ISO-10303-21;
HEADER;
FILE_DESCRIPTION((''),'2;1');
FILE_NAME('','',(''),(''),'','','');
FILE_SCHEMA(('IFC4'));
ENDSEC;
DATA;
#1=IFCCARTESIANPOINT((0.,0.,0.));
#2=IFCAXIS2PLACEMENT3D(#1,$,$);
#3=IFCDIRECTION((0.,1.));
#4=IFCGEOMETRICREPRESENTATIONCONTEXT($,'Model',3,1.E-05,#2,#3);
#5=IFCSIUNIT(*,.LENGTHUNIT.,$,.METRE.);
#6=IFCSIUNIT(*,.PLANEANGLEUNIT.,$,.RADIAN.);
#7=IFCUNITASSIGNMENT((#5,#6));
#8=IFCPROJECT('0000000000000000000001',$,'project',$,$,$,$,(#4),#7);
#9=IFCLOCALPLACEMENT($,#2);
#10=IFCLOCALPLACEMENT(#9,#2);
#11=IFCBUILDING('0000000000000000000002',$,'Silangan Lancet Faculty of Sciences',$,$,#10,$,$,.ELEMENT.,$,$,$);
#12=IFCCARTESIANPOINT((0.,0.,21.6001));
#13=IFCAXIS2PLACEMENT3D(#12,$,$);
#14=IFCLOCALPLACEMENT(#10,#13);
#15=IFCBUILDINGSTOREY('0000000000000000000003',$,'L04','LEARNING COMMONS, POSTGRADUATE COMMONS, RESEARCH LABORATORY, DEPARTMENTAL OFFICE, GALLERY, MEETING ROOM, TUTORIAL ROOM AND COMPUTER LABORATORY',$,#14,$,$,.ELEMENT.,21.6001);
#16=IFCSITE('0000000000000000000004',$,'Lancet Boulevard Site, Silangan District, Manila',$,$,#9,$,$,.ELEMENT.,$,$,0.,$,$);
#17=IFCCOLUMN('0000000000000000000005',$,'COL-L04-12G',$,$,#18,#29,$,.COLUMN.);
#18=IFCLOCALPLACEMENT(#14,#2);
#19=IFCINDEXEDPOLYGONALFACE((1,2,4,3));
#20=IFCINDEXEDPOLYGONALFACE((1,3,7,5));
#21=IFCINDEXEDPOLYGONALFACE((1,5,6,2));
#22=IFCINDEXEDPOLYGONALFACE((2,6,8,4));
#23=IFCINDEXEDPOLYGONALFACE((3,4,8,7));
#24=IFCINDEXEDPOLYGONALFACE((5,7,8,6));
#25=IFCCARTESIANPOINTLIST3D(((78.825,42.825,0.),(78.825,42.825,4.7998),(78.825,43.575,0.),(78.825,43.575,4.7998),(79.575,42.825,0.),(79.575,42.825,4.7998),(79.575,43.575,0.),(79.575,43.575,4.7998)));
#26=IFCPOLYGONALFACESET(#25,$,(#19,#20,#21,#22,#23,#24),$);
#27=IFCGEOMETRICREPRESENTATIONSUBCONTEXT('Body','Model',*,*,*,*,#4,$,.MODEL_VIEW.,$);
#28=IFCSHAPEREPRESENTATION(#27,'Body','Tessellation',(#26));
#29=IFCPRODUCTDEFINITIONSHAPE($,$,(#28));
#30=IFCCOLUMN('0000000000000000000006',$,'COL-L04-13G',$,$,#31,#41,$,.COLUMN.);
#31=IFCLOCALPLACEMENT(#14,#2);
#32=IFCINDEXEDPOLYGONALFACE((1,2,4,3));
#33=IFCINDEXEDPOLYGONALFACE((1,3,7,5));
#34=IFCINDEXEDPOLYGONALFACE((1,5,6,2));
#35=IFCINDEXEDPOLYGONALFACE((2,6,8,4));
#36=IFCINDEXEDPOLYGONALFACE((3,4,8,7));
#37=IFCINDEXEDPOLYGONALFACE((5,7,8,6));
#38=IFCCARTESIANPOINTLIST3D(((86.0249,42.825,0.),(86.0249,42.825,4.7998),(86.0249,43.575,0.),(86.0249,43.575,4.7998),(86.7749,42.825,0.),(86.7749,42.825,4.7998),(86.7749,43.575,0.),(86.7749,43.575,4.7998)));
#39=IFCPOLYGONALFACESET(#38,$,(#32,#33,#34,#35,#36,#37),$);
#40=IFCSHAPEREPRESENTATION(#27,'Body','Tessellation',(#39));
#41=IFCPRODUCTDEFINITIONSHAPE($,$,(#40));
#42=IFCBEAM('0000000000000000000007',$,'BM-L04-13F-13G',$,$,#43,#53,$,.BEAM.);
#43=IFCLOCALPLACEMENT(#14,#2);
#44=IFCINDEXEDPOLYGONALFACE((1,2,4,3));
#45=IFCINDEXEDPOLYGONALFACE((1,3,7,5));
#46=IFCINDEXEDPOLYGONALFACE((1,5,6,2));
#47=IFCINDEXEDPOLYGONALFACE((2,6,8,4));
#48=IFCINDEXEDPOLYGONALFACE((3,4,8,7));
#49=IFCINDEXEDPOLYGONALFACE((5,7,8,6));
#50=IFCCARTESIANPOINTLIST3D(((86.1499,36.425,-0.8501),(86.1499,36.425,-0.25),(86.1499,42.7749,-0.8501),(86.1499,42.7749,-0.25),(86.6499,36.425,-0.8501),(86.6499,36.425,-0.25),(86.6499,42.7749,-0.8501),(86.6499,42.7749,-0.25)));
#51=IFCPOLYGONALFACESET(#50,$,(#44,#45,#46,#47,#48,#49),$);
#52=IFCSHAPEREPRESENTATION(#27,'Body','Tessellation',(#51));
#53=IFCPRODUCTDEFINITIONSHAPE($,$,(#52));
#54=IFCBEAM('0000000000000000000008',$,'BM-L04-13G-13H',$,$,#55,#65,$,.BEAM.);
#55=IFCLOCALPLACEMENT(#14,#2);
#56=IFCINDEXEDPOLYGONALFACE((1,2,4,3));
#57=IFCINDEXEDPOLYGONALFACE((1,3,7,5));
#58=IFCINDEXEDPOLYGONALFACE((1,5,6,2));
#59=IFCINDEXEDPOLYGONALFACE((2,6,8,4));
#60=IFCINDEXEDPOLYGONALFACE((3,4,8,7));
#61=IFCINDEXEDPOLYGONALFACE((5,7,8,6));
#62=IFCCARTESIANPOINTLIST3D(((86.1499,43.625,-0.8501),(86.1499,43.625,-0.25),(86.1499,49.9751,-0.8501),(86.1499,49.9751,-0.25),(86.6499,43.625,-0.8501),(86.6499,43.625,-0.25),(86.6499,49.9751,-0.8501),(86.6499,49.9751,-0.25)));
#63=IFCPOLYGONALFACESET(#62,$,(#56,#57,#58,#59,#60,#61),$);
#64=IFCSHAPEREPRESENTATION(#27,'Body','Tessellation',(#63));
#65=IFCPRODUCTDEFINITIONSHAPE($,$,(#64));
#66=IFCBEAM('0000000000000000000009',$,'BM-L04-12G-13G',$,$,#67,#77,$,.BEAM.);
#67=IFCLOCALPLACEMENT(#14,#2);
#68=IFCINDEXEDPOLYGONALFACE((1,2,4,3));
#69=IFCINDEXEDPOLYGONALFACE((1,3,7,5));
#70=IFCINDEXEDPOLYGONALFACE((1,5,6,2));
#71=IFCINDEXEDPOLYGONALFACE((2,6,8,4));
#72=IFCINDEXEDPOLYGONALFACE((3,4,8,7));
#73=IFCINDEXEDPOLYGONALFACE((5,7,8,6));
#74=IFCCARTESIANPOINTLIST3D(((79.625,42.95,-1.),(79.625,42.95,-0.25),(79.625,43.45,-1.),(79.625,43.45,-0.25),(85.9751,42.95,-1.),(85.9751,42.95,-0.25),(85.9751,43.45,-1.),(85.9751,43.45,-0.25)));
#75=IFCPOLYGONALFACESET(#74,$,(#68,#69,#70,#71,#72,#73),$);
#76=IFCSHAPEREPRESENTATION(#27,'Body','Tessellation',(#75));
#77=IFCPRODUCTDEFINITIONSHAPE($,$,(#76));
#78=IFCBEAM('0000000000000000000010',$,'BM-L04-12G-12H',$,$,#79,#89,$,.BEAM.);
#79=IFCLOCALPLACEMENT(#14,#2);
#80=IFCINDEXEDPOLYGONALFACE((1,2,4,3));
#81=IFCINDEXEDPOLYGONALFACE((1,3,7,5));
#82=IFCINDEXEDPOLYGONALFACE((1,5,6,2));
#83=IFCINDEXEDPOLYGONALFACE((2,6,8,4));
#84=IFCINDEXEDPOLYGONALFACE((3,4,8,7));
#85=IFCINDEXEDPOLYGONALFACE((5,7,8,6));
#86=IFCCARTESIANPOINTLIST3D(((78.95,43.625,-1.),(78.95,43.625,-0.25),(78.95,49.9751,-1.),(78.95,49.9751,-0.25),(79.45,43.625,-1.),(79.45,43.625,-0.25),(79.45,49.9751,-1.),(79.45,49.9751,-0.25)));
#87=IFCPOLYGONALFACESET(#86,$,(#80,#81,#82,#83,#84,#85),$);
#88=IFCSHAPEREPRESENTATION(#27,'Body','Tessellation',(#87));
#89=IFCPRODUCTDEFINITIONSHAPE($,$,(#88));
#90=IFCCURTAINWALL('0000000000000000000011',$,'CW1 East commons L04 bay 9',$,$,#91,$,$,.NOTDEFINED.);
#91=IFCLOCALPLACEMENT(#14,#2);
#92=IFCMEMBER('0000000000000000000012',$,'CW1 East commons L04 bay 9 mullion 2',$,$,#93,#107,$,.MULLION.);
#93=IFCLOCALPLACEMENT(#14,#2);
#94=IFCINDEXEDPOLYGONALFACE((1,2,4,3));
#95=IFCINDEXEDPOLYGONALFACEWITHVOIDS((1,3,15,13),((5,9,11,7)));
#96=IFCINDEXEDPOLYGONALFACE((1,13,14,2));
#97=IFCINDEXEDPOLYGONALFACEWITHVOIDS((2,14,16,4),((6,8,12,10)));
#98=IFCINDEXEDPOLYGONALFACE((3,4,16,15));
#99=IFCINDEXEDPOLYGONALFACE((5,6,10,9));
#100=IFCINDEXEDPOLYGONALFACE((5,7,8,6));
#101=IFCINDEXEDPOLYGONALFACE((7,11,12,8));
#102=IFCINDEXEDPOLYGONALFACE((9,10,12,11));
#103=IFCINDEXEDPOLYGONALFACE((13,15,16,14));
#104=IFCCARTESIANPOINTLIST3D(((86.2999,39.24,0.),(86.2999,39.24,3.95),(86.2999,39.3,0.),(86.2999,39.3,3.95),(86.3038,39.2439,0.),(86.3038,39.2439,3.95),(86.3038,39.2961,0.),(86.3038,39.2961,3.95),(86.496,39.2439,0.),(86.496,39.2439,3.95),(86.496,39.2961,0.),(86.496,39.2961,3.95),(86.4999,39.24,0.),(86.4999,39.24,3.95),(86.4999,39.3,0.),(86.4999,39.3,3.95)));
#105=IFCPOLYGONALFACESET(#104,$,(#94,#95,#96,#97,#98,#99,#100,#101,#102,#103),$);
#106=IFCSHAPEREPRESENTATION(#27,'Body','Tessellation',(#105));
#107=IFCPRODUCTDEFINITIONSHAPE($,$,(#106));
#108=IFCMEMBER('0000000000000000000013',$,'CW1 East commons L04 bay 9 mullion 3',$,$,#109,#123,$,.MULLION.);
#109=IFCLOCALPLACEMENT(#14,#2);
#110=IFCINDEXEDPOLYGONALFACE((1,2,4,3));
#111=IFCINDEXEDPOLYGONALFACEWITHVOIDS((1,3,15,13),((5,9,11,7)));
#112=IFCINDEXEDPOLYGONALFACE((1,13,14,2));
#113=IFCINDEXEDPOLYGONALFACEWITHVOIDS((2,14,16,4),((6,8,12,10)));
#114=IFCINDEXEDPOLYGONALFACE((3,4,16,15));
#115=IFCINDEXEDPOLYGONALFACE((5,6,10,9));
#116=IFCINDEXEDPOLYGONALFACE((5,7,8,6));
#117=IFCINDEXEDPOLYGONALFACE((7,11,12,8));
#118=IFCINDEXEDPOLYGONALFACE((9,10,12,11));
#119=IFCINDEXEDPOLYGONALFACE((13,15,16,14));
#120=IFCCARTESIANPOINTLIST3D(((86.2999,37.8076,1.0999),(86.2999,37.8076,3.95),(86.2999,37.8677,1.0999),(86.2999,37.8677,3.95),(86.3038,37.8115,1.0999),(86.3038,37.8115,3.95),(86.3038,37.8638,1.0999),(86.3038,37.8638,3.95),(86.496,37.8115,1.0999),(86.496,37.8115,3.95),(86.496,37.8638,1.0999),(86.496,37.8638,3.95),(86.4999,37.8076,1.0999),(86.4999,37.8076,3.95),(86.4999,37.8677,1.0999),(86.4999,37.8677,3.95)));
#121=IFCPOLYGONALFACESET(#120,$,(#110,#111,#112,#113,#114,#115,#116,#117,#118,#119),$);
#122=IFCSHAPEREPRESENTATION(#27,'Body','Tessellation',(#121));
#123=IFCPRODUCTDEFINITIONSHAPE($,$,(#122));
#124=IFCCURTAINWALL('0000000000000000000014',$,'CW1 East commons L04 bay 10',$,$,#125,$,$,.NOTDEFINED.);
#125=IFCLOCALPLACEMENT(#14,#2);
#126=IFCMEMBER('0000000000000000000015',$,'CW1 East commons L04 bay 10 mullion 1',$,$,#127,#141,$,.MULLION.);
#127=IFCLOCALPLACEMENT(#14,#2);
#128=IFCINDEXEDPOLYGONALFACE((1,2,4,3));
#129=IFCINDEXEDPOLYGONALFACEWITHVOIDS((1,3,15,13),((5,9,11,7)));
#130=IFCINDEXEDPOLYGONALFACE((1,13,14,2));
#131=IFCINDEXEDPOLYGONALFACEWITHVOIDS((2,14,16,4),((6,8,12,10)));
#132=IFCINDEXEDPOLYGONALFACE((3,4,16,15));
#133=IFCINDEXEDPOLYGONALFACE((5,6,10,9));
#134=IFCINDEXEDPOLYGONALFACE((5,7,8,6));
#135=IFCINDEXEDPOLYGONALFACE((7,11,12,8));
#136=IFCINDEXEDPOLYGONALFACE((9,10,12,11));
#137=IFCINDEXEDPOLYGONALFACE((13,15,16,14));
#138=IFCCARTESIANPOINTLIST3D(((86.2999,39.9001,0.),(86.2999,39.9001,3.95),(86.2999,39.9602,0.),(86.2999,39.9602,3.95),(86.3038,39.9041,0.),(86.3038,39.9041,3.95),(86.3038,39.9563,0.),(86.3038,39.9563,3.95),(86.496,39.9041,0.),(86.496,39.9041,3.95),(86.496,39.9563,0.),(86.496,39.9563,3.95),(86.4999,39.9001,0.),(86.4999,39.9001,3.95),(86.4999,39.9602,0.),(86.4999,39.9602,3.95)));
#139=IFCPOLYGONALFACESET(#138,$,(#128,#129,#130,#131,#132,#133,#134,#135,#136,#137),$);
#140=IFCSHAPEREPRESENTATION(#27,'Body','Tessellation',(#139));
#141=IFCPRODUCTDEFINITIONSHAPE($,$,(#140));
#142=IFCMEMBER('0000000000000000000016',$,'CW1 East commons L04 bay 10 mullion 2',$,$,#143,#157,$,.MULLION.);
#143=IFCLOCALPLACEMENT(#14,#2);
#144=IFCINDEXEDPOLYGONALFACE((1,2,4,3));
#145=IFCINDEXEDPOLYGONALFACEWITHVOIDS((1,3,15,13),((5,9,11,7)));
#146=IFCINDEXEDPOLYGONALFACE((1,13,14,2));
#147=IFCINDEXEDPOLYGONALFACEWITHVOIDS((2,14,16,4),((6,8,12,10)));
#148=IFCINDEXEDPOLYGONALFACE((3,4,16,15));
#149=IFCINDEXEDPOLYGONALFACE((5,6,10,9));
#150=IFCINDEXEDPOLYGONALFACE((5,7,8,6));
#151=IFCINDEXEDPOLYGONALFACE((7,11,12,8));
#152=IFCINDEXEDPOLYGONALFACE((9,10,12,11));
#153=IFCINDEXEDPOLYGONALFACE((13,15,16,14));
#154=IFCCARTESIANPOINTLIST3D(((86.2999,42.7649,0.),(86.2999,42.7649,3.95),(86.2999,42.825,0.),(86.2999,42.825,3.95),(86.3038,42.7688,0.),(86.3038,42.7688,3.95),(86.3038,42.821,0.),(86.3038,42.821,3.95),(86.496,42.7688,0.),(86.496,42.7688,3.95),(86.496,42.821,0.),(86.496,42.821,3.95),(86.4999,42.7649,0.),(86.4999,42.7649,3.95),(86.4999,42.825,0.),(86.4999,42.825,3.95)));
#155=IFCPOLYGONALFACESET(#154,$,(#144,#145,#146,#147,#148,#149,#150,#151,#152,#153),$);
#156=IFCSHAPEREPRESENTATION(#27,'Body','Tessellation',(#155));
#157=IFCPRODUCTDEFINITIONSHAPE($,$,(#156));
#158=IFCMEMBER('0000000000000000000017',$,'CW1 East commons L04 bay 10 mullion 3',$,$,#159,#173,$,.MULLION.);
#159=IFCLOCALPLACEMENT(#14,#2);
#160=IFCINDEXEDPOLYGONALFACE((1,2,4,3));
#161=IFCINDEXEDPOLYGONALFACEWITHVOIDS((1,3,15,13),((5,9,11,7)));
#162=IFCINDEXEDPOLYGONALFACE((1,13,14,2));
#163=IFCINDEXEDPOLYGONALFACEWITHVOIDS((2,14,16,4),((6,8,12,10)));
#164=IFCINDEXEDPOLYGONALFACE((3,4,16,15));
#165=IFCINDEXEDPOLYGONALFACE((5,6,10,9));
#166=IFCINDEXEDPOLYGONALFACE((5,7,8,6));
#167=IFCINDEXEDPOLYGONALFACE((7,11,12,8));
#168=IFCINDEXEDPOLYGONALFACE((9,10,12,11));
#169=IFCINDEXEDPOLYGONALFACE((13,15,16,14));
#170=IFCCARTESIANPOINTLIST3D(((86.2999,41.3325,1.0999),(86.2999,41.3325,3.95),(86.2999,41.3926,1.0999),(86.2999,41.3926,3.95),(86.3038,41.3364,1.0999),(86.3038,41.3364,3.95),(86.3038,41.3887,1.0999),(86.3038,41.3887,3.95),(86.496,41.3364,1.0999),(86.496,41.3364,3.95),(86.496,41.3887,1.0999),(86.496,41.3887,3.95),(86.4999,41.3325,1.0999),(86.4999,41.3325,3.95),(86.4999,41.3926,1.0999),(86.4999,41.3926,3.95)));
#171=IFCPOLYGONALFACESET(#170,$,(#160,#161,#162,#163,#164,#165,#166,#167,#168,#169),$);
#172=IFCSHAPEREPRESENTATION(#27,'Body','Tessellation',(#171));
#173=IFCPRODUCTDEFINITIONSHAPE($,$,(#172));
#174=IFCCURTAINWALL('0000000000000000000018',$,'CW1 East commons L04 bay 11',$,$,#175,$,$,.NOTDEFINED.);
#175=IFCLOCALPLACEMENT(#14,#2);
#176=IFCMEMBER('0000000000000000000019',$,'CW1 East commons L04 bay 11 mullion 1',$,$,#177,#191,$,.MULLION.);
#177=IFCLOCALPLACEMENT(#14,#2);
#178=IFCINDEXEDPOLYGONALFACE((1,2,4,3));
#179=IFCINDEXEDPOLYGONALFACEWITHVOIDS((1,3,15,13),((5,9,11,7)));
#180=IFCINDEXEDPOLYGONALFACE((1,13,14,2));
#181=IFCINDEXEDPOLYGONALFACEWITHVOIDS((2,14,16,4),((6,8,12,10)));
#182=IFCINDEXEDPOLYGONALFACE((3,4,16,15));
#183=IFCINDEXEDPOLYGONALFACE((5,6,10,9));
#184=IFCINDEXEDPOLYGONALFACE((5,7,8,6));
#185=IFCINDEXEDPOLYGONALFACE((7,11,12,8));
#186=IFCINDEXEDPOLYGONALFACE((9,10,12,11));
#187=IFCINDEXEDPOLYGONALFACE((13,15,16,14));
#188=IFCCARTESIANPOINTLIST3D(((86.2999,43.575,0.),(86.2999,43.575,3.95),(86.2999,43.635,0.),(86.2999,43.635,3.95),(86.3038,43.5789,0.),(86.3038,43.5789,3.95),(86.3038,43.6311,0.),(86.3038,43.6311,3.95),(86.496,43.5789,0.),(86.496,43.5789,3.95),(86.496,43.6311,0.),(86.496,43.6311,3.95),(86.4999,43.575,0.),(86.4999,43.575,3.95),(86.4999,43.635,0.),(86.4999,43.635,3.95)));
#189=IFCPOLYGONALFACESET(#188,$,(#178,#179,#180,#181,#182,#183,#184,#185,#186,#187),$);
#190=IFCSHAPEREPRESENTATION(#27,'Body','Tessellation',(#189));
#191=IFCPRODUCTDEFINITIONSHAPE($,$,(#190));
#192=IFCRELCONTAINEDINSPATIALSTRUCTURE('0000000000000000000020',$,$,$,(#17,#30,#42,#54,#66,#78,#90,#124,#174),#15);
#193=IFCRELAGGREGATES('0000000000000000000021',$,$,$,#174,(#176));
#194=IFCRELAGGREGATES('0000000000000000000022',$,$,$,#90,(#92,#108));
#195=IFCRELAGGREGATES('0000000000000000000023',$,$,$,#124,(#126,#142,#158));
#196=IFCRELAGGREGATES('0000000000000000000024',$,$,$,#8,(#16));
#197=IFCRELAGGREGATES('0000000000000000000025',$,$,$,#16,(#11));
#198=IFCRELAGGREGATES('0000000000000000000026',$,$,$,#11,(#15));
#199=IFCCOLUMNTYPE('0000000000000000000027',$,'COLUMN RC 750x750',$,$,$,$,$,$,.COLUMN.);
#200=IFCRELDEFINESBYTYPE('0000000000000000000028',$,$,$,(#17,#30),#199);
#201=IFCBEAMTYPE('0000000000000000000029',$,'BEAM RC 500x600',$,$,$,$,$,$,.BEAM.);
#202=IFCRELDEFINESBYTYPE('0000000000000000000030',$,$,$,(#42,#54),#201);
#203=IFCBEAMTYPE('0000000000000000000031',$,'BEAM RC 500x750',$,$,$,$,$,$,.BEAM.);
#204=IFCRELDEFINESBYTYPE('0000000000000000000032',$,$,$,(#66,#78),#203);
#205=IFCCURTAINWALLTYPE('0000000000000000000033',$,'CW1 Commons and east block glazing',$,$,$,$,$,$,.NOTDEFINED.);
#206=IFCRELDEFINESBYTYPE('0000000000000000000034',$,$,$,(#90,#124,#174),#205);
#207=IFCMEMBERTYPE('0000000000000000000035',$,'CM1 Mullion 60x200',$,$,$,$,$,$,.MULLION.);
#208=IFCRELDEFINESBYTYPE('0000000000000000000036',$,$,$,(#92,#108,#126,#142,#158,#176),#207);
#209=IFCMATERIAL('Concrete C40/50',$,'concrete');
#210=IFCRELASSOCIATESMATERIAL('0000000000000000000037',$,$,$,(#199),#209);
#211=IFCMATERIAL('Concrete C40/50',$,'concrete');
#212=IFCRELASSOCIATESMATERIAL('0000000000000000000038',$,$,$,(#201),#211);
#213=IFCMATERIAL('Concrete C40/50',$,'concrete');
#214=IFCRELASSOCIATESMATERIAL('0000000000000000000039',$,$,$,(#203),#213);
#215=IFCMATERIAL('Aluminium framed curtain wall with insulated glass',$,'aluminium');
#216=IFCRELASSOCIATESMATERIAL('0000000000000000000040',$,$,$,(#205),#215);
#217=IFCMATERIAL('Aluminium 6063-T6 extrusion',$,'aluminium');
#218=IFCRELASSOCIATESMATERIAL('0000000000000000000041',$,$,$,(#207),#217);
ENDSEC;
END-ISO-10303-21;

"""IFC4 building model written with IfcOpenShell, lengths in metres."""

from ifc_helpers import new_model, si_unit, direction, frame, origin, origin_2d, place, context, subcontext, project, spatial, rectangle, hollow_rectangle, extrude, material, material_profile, profile_set, type_object, element, aggregate, save


model = new_model("IFC4")

# Units and contexts
model_context = context("Model", 3, precision=1e-05, world=origin(), true_north=direction((0.0, 1.0)))
body_context = subcontext(model_context, "Body", "Model", "MODEL_VIEW")
ifc_project = project(units=[si_unit("LENGTHUNIT", "METRE"), si_unit("PLANEANGLEUNIT", "RADIAN")], contexts=[model_context])

# Site, building, storey
site_placement = place(None, origin())
site = spatial("IfcSite", under=ifc_project, at=site_placement, Name="Lancet Boulevard Site, Silangan District, Manila", CompositionType="ELEMENT", RefElevation=0.0)
building_placement = place(site_placement, origin())
building = spatial("IfcBuilding", under=site, at=building_placement, Name="Silangan Lancet Faculty of Sciences", CompositionType="ELEMENT")
storey_placement = place(building_placement, frame((0.0, 0.0, 21.6001)))
storey = spatial("IfcBuildingStorey", under=building, at=storey_placement, Name="L04", Description="LEARNING COMMONS, POSTGRADUATE COMMONS, RESEARCH LABORATORY, DEPARTMENTAL OFFICE, GALLERY, MEETING ROOM, TUTORIAL ROOM AND COMPUTER LABORATORY", CompositionType="ELEMENT", Elevation=21.6001)

# Columns
ifc_material_1 = material(Name="Concrete C40/50", Category="concrete")
ifc_material_profile_1 = material_profile(ifc_material_1, rectangle(XDim=0.75, YDim=0.75, at=origin_2d()), Name="RC 750x750")
ifc_profile_set_1 = profile_set([ifc_material_profile_1], Name="Concrete C40/50")
column_type = type_object("IfcColumnType", Name="COLUMN RC 750x750", PredefinedType="COLUMN", material=ifc_profile_set_1)
for number, where, z_axis, x_axis, name in (
    (1, (79.2, 43.2, 0.0), (0.0, 0.0, 1.0), (1.0, 0.0, 0.0), "COL-L04-12G"),
    (2, (86.3999, 43.2, 0.0), (0.0, 0.0, 1.0), (1.0, 0.0, 0.0), "COL-L04-13G"),
):
    element("IfcColumn", number, at=place(storey_placement, frame(where, z_axis=z_axis, x_axis=x_axis)), inside=storey, type_object=column_type, Name=name, PredefinedType="COLUMN", context=body_context, shape_type="SweptSolid", body=[
        extrude(rectangle(XDim=0.75, YDim=0.75, at=origin_2d()), origin(), (0.0, 0.0, 1.0), 4.7998),
    ])

# Beams
ifc_material_2 = material(Name="Concrete C40/50", Category="concrete")
ifc_material_profile_2 = material_profile(ifc_material_2, rectangle(XDim=0.5, YDim=0.6001, at=origin_2d()), Name="RC 500x600")
ifc_profile_set_2 = profile_set([ifc_material_profile_2], Name="Concrete C40/50")
beam_type_1 = type_object("IfcBeamType", Name="BEAM RC 500x600", PredefinedType="BEAM", material=ifc_profile_set_2)
beam_1_placement = place(storey_placement, frame((86.3999, 36.425, -0.55), z_axis=(0.0, 1.0, 0.0), x_axis=(-1.0, 0.0, 0.0)))
element("IfcBeam", 3, at=beam_1_placement, inside=storey, type_object=beam_type_1, Name="BM-L04-13F-13G", PredefinedType="BEAM", context=body_context, shape_type="SweptSolid", body=[
    extrude(rectangle(XDim=0.5, YDim=0.6001, at=origin_2d()), origin(), (0.0, 0.0, 1.0), 6.3499),
])
beam_2_placement = place(storey_placement, frame((86.3999, 43.625, -0.55), z_axis=(0.0, 1.0, 0.0), x_axis=(-1.0, 0.0, 0.0)))
element("IfcBeam", 4, at=beam_2_placement, inside=storey, type_object=beam_type_1, Name="BM-L04-13G-13H", PredefinedType="BEAM", context=body_context, shape_type="SweptSolid", body=[
    extrude(rectangle(XDim=0.5, YDim=0.6001, at=origin_2d()), origin(), (0.0, 0.0, 1.0), 6.3501),
])
ifc_material_3 = material(Name="Concrete C40/50", Category="concrete")
ifc_material_profile_3 = material_profile(ifc_material_3, rectangle(XDim=0.5, YDim=0.75, at=origin_2d()), Name="RC 500x750")
ifc_profile_set_3 = profile_set([ifc_material_profile_3], Name="Concrete C40/50")
beam_type_2 = type_object("IfcBeamType", Name="BEAM RC 500x750", PredefinedType="BEAM", material=ifc_profile_set_3)
for number, where, z_axis, x_axis, name in (
    (5, (79.625, 43.2, -0.625), (1.0, 0.0, 0.0), (0.0, 1.0, 0.0), "BM-L04-12G-13G"),
    (6, (79.2, 43.625, -0.625), (0.0, 1.0, 0.0), (-1.0, 0.0, 0.0), "BM-L04-12G-12H"),
):
    element("IfcBeam", number, at=place(storey_placement, frame(where, z_axis=z_axis, x_axis=x_axis)), inside=storey, type_object=beam_type_2, Name=name, PredefinedType="BEAM", context=body_context, shape_type="SweptSolid", body=[
        extrude(rectangle(XDim=0.5, YDim=0.75, at=origin_2d()), origin(), (0.0, 0.0, 1.0), 6.3501),
    ])

# Curtain walls, members
ifc_material_4 = material(Name="Aluminium framed curtain wall with insulated glass", Category="aluminium")
curtain_wall_type = type_object("IfcCurtainWallType", Name="CW1 Commons and east block glazing", PredefinedType="NOTDEFINED", material=ifc_material_4)
curtain_wall_1_placement = place(storey_placement, origin())
curtain_wall_1 = element("IfcCurtainWall", 7, at=curtain_wall_1_placement, inside=storey, type_object=curtain_wall_type, Name="CW1 East commons L04 bay 9", PredefinedType="NOTDEFINED")
ifc_material_5 = material(Name="Aluminium 6063-T6 extrusion", Category="aluminium")
ifc_material_profile_4 = material_profile(ifc_material_5, hollow_rectangle(XDim=0.0601, YDim=0.2, WallThickness=0.0039, at=origin_2d()), Name="AL BOX 60x200x4")
ifc_profile_set_4 = profile_set([ifc_material_profile_4], Name="Aluminium 6063-T6 extrusion")
member_type_1 = type_object("IfcMemberType", Name="CM1 Mullion 60x200", PredefinedType="MULLION", material=ifc_profile_set_4)
member_1_placement = place(storey_placement, frame((86.3999, 39.27, 0.0), z_axis=(0.0, 0.0, 1.0), x_axis=(0.0, 1.0, 0.0)))
member_1 = element("IfcMember", 8, at=member_1_placement, type_object=member_type_1, Name="CW1 East commons L04 bay 9 mullion 2", PredefinedType="MULLION", context=body_context, shape_type="SweptSolid", body=[
    extrude(hollow_rectangle(XDim=0.0601, YDim=0.2, WallThickness=0.0039, at=origin_2d()), origin(), (0.0, 0.0, 1.0), 3.95),
])
member_2_placement = place(storey_placement, frame((86.3999, 37.8376, 1.0999), z_axis=(0.0, 0.0, 1.0), x_axis=(0.0, 1.0, 0.0)))
member_2 = element("IfcMember", 9, at=member_2_placement, type_object=member_type_1, Name="CW1 East commons L04 bay 9 mullion 3", PredefinedType="MULLION", context=body_context, shape_type="SweptSolid", body=[
    extrude(hollow_rectangle(XDim=0.0601, YDim=0.2, WallThickness=0.0039, at=origin_2d()), origin(), (0.0, 0.0, 1.0), 2.8501),
])
curtain_wall_2_placement = place(storey_placement, origin())
curtain_wall_2 = element("IfcCurtainWall", 10, at=curtain_wall_2_placement, inside=storey, type_object=curtain_wall_type, Name="CW1 East commons L04 bay 10", PredefinedType="NOTDEFINED")
member_3_placement = place(storey_placement, frame((86.3999, 39.9302, 0.0), z_axis=(0.0, 0.0, 1.0), x_axis=(0.0, 1.0, 0.0)))
member_3 = element("IfcMember", 11, at=member_3_placement, type_object=member_type_1, Name="CW1 East commons L04 bay 10 mullion 1", PredefinedType="MULLION", context=body_context, shape_type="SweptSolid", body=[
    extrude(hollow_rectangle(XDim=0.0601, YDim=0.2, WallThickness=0.0039, at=origin_2d()), origin(), (0.0, 0.0, 1.0), 3.95),
])
member_4_placement = place(storey_placement, frame((86.3999, 42.7949, 0.0), z_axis=(0.0, 0.0, 1.0), x_axis=(0.0, 1.0, 0.0)))
member_4 = element("IfcMember", 12, at=member_4_placement, type_object=member_type_1, Name="CW1 East commons L04 bay 10 mullion 2", PredefinedType="MULLION", context=body_context, shape_type="SweptSolid", body=[
    extrude(hollow_rectangle(XDim=0.0601, YDim=0.2, WallThickness=0.0039, at=origin_2d()), origin(), (0.0, 0.0, 1.0), 3.95),
])
member_5_placement = place(storey_placement, frame((86.3999, 41.3625, 1.0999), z_axis=(0.0, 0.0, 1.0), x_axis=(0.0, 1.0, 0.0)))
member_5 = element("IfcMember", 13, at=member_5_placement, type_object=member_type_1, Name="CW1 East commons L04 bay 10 mullion 3", PredefinedType="MULLION", context=body_context, shape_type="SweptSolid", body=[
    extrude(hollow_rectangle(XDim=0.0601, YDim=0.2, WallThickness=0.0039, at=origin_2d()), origin(), (0.0, 0.0, 1.0), 2.8501),
])

# Curtain wall, member
curtain_wall_3_placement = place(storey_placement, origin())
curtain_wall_3 = element("IfcCurtainWall", 14, at=curtain_wall_3_placement, inside=storey, type_object=curtain_wall_type, Name="CW1 East commons L04 bay 11", PredefinedType="NOTDEFINED")
member_6_placement = place(storey_placement, frame((86.3999, 43.605, 0.0), z_axis=(0.0, 0.0, 1.0), x_axis=(0.0, 1.0, 0.0)))
member_6 = element("IfcMember", 15, at=member_6_placement, type_object=member_type_1, Name="CW1 East commons L04 bay 11 mullion 1", PredefinedType="MULLION", context=body_context, shape_type="SweptSolid", body=[
    extrude(hollow_rectangle(XDim=0.0601, YDim=0.2, WallThickness=0.0039, at=origin_2d()), origin(), (0.0, 0.0, 1.0), 3.95),
])

aggregate(curtain_wall_3, [member_6])

aggregate(curtain_wall_1, [member_1, member_2])
aggregate(curtain_wall_2, [member_3, member_4, member_5])

save(model, "model.ifc")
